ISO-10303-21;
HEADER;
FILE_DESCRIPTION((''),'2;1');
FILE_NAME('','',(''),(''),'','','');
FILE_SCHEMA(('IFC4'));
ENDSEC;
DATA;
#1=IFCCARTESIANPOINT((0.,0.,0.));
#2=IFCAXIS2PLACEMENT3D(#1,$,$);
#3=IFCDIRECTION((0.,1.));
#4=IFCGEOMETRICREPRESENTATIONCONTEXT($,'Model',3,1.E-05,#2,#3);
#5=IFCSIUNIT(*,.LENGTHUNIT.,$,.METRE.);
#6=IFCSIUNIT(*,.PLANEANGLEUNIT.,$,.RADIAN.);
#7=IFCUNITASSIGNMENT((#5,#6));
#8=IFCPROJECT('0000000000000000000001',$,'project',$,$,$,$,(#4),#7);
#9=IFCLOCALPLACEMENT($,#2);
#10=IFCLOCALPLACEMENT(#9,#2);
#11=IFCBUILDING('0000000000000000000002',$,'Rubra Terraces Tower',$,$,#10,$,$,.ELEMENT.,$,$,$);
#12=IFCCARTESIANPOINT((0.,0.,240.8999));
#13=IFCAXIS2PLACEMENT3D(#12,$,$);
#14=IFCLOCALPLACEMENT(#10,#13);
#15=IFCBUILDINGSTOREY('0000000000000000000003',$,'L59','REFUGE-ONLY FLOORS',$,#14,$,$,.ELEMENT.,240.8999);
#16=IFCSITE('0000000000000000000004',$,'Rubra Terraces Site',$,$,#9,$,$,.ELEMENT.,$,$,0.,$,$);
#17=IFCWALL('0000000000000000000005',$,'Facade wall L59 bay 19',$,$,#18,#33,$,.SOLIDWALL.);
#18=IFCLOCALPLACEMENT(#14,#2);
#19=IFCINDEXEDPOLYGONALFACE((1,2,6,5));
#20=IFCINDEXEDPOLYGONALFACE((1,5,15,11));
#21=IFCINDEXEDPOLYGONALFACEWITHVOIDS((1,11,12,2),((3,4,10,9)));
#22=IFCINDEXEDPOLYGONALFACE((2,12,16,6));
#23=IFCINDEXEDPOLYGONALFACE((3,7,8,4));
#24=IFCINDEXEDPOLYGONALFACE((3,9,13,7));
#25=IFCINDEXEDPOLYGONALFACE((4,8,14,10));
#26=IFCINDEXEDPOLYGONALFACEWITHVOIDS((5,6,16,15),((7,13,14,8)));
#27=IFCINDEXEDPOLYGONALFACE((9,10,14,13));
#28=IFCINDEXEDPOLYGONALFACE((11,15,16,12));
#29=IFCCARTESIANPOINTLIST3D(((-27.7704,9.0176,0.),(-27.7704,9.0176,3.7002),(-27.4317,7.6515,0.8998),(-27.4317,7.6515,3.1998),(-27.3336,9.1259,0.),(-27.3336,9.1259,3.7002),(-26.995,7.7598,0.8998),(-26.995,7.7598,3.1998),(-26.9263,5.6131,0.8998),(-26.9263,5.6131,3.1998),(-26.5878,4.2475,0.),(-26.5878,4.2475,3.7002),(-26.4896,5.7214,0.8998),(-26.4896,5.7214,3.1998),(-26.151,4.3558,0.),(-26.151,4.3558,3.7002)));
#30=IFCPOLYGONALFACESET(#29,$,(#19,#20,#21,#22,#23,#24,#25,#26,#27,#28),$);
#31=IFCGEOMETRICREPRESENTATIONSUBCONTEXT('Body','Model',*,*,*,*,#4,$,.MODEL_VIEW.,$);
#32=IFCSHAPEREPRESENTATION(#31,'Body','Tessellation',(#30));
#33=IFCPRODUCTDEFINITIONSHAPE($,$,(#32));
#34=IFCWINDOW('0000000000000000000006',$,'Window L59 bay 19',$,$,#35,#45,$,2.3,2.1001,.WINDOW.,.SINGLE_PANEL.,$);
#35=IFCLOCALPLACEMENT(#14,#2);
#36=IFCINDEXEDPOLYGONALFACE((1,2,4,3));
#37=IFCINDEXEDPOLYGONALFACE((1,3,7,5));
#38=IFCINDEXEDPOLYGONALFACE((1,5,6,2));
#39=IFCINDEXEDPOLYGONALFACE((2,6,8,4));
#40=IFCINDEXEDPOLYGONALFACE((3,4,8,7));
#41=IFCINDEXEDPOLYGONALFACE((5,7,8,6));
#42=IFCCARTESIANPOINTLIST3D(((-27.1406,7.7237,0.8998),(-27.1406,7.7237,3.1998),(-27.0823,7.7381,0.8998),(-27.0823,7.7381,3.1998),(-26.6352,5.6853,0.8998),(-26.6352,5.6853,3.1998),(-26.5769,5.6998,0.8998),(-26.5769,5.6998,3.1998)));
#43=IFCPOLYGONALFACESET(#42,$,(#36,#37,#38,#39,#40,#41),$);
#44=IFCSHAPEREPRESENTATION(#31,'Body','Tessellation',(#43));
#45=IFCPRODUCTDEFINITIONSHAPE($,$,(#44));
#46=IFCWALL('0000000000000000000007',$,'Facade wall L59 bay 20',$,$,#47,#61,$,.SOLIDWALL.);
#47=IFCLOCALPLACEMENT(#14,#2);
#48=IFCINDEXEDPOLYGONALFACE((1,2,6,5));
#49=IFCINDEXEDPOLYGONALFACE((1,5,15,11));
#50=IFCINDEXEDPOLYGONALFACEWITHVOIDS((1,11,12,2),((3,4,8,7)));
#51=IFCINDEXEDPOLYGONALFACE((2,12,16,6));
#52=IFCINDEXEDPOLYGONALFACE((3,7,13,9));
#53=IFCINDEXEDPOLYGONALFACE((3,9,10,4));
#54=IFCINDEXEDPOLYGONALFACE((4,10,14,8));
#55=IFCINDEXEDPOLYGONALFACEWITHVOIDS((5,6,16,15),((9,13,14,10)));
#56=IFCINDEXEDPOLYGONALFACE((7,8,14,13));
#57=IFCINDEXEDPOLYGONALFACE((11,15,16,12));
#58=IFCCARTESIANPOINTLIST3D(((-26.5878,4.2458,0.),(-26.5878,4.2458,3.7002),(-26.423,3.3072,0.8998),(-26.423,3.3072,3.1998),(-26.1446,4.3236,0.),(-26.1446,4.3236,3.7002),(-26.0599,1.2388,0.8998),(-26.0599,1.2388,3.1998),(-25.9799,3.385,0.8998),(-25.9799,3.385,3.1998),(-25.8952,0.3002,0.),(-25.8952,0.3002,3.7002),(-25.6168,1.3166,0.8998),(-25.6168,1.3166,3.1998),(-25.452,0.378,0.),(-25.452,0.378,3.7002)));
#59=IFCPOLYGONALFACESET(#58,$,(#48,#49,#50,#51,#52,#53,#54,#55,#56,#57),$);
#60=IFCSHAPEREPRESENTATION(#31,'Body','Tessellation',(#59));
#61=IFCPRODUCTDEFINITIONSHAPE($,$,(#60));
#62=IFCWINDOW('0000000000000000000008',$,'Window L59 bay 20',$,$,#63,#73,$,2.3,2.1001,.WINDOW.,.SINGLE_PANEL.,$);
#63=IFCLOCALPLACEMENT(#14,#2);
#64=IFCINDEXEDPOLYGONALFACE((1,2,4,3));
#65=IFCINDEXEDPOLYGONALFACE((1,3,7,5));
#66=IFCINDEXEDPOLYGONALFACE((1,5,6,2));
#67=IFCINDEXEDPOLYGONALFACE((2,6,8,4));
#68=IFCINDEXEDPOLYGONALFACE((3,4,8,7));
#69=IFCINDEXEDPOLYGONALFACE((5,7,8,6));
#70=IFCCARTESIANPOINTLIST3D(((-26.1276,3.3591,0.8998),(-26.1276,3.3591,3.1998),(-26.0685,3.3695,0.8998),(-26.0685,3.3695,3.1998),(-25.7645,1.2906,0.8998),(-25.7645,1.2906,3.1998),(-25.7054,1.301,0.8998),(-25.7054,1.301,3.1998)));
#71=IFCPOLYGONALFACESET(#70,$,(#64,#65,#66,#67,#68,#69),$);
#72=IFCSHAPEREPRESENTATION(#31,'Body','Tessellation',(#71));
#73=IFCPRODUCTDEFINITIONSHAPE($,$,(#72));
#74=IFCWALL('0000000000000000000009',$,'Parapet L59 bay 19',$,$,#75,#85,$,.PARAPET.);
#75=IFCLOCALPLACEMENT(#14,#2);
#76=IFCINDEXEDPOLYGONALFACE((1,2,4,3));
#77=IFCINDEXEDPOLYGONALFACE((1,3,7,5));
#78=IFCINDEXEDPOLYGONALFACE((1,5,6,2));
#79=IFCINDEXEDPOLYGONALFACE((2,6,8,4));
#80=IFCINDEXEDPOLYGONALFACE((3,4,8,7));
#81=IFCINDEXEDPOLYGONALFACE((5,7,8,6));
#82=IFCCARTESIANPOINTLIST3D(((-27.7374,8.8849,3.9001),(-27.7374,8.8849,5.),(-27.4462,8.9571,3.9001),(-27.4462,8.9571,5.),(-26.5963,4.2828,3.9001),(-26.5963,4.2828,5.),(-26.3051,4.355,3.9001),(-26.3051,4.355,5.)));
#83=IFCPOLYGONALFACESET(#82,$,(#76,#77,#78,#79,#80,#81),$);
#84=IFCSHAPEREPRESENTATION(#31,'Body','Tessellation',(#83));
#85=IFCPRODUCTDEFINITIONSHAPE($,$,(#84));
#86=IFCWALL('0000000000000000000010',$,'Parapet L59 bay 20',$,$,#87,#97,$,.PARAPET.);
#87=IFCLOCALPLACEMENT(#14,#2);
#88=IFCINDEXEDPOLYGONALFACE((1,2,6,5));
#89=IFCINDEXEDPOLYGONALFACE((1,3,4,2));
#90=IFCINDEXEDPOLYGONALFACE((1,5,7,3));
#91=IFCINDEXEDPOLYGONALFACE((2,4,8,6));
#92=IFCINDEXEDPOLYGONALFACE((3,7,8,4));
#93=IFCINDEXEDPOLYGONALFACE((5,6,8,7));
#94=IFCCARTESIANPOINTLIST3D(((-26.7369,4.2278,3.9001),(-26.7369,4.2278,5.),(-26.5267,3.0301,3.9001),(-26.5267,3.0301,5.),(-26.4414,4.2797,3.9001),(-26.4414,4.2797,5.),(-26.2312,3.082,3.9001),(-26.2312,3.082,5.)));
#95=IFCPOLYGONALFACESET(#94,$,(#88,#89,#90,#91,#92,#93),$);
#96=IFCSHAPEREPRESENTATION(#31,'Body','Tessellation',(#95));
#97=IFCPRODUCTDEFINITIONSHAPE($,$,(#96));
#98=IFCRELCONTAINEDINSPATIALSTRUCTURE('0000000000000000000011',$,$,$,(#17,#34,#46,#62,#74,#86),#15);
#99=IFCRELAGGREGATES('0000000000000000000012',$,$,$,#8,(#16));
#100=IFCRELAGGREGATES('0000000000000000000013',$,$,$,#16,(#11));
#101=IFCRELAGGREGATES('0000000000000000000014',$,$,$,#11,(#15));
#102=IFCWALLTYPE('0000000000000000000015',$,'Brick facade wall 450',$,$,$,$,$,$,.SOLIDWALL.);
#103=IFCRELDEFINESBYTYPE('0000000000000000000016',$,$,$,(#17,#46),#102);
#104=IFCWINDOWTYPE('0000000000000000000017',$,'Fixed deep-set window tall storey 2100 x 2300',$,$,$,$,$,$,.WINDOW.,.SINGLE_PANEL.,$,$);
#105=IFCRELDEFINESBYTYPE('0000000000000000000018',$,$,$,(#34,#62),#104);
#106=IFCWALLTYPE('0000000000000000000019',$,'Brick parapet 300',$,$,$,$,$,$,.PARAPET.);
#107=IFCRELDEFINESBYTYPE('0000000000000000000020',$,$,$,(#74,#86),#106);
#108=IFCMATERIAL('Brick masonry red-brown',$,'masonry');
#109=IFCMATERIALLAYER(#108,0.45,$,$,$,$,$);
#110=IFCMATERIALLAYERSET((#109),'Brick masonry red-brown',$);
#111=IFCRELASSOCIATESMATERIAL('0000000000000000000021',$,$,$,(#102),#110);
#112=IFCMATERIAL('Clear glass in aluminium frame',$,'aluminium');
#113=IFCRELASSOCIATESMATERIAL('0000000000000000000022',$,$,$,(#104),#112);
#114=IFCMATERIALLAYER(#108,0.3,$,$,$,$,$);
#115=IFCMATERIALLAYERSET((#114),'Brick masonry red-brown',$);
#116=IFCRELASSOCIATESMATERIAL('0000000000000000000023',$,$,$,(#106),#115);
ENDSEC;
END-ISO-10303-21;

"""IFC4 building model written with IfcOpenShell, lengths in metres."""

from ifc_helpers import new_model, si_unit, direction, frame, frame_2d, origin, place, context, subcontext, project, spatial, rectangle, extrude, material, layer, layer_set, type_object, element, fill, save


model = new_model("IFC4")

# Units and contexts
model_context = context("Model", 3, precision=1e-05, world=origin(), true_north=direction((0.0, 1.0)))
body_context = subcontext(model_context, "Body", "Model", "MODEL_VIEW")
ifc_project = project(units=[si_unit("LENGTHUNIT", "METRE"), si_unit("PLANEANGLEUNIT", "RADIAN")], contexts=[model_context])

# Site, building, storey
site_placement = place(None, origin())
site = spatial("IfcSite", under=ifc_project, at=site_placement, Name="Rubra Terraces Site", CompositionType="ELEMENT", RefElevation=0.0)
building_placement = place(site_placement, origin())
building = spatial("IfcBuilding", under=site, at=building_placement, Name="Rubra Terraces Tower", CompositionType="ELEMENT")
storey_placement = place(building_placement, frame((0.0, 0.0, 240.8999)))
storey = spatial("IfcBuildingStorey", under=building, at=storey_placement, Name="L59", Description="REFUGE-ONLY FLOORS", CompositionType="ELEMENT", Elevation=240.8999)

# Walls, openings, windows
ifc_material_1 = material(Name="Brick masonry red-brown", Category="masonry")
ifc_layer_1 = layer(ifc_material_1, 0.45)
ifc_layer_set_1 = layer_set([ifc_layer_1], Name="Brick masonry red-brown")
wall_type_1 = type_object("IfcWallType", Name="Brick facade wall 450", PredefinedType="SOLIDWALL", material=ifc_layer_set_1)
wall_1_placement = place(storey_placement, frame((-27.552, 9.0718, 0.0), z_axis=(0.0, 0.0, 1.0), x_axis=(0.24063, -0.970617, 0.0)))
wall_1 = element("IfcWall", 1, at=wall_1_placement, inside=storey, type_object=wall_type_1, Name="Facade wall L59 bay 19", PredefinedType="SOLIDWALL", context=body_context, shape_type="SweptSolid", body=[
    extrude(rectangle(XDim=4.9146, YDim=0.45, at=frame_2d((2.4573, 0.0))), origin(), (0.0, 0.0, 1.0), 3.7002),
])
opening_1_placement = place(wall_1_placement, frame((1.4075, 0.0, 0.8999)))
opening_1 = element("IfcOpeningElement", 2, at=opening_1_placement, cuts=wall_1, PredefinedType="OPENING", context=body_context, shape_type="SweptSolid", body=[
    extrude(rectangle(XDim=2.1001, YDim=2.3, at=frame_2d((1.05, 1.1499))), frame((0.0, 0.2349, 0.0), z_axis=(0.0, -1.0, 0.0), x_axis=(1.0, 0.0, 0.0)), (0.0, 0.0, 1.0), 0.47),
])
ifc_material_2 = material(Name="Clear glass in aluminium frame", Category="aluminium")
window_type = type_object("IfcWindowType", Name="Fixed deep-set window tall storey 2100 x 2300", PartitioningType="SINGLE_PANEL", PredefinedType="WINDOW", material=ifc_material_2)
window_1_placement = place(opening_1_placement, origin())
window_1 = element("IfcWindow", 3, at=window_1_placement, inside=storey, type_object=window_type, Name="Window L59 bay 19", OverallHeight=2.3, OverallWidth=2.1001, PartitioningType="SINGLE_PANEL", PredefinedType="WINDOW", context=body_context, shape_type="SweptSolid", body=[
    extrude(rectangle(XDim=2.1001, YDim=2.3, at=frame_2d((1.05, 1.1499))), frame((0.0, 0.135, 0.0), z_axis=(0.0, -1.0, 0.0), x_axis=(1.0, 0.0, 0.0)), (0.0, 0.0, 1.0), 0.0601),
])
fill(opening_1, window_1)
wall_2_placement = place(storey_placement, frame((-26.3662, 4.2847, 0.0), z_axis=(0.0, 0.0, 1.0), x_axis=(0.172902, -0.984939, 0.0)))
wall_2 = element("IfcWall", 4, at=wall_2_placement, inside=storey, type_object=wall_type_1, Name="Facade wall L59 bay 20", PredefinedType="SOLIDWALL", context=body_context, shape_type="SweptSolid", body=[
    extrude(rectangle(XDim=4.0059, YDim=0.45, at=frame_2d((2.0029, 0.0))), origin(), (0.0, 0.0, 1.0), 3.7002),
])
opening_2_placement = place(wall_2_placement, frame((0.9529, 0.0, 0.8999)))
opening_2 = element("IfcOpeningElement", 5, at=opening_2_placement, cuts=wall_2, PredefinedType="OPENING", context=body_context, shape_type="SweptSolid", body=[
    extrude(rectangle(XDim=2.1001, YDim=2.3, at=frame_2d((1.05, 1.1499))), frame((0.0, 0.2349, 0.0), z_axis=(0.0, -1.0, 0.0), x_axis=(1.0, 0.0, 0.0)), (0.0, 0.0, 1.0), 0.47),
])
window_2_placement = place(opening_2_placement, origin())
window_2 = element("IfcWindow", 6, at=window_2_placement, inside=storey, type_object=window_type, Name="Window L59 bay 20", OverallHeight=2.3, OverallWidth=2.1001, PartitioningType="SINGLE_PANEL", PredefinedType="WINDOW", context=body_context, shape_type="SweptSolid", body=[
    extrude(rectangle(XDim=2.1001, YDim=2.3, at=frame_2d((1.05, 1.1499))), frame((0.0, 0.135, 0.0), z_axis=(0.0, -1.0, 0.0), x_axis=(1.0, 0.0, 0.0)), (0.0, 0.0, 1.0), 0.0601),
])
fill(opening_2, window_2)

# Walls
ifc_layer_2 = layer(ifc_material_1, 0.3)
ifc_layer_set_2 = layer_set([ifc_layer_2], Name="Brick masonry red-brown")
wall_type_2 = type_object("IfcWallType", Name="Brick parapet 300", PredefinedType="PARAPET", material=ifc_layer_set_2)
wall_3_placement = place(storey_placement, frame((-27.5918, 8.9209, 3.9001), z_axis=(0.0, 0.0, 1.0), x_axis=(0.240669, -0.970607, 0.0)))
element("IfcWall", 7, at=wall_3_placement, inside=storey, type_object=wall_type_2, Name="Parapet L59 bay 19", PredefinedType="PARAPET", context=body_context, shape_type="SweptSolid", body=[
    extrude(rectangle(XDim=4.7415, YDim=0.3, at=frame_2d((2.3706, 0.0))), origin(), (0.0, 0.0, 1.0), 1.0999),
])
wall_4_placement = place(storey_placement, frame((-26.5891, 4.2537, 3.9001), z_axis=(0.0, 0.0, 1.0), x_axis=(0.172858, -0.984947, 0.0)))
element("IfcWall", 8, at=wall_4_placement, inside=storey, type_object=wall_type_2, Name="Parapet L59 bay 20", PredefinedType="PARAPET", context=body_context, shape_type="SweptSolid", body=[
    extrude(rectangle(XDim=1.2161, YDim=0.3, at=frame_2d((0.6079, 0.0))), origin(), (0.0, 0.0, 1.0), 1.0999),
])

save(model, "model.ifc")
